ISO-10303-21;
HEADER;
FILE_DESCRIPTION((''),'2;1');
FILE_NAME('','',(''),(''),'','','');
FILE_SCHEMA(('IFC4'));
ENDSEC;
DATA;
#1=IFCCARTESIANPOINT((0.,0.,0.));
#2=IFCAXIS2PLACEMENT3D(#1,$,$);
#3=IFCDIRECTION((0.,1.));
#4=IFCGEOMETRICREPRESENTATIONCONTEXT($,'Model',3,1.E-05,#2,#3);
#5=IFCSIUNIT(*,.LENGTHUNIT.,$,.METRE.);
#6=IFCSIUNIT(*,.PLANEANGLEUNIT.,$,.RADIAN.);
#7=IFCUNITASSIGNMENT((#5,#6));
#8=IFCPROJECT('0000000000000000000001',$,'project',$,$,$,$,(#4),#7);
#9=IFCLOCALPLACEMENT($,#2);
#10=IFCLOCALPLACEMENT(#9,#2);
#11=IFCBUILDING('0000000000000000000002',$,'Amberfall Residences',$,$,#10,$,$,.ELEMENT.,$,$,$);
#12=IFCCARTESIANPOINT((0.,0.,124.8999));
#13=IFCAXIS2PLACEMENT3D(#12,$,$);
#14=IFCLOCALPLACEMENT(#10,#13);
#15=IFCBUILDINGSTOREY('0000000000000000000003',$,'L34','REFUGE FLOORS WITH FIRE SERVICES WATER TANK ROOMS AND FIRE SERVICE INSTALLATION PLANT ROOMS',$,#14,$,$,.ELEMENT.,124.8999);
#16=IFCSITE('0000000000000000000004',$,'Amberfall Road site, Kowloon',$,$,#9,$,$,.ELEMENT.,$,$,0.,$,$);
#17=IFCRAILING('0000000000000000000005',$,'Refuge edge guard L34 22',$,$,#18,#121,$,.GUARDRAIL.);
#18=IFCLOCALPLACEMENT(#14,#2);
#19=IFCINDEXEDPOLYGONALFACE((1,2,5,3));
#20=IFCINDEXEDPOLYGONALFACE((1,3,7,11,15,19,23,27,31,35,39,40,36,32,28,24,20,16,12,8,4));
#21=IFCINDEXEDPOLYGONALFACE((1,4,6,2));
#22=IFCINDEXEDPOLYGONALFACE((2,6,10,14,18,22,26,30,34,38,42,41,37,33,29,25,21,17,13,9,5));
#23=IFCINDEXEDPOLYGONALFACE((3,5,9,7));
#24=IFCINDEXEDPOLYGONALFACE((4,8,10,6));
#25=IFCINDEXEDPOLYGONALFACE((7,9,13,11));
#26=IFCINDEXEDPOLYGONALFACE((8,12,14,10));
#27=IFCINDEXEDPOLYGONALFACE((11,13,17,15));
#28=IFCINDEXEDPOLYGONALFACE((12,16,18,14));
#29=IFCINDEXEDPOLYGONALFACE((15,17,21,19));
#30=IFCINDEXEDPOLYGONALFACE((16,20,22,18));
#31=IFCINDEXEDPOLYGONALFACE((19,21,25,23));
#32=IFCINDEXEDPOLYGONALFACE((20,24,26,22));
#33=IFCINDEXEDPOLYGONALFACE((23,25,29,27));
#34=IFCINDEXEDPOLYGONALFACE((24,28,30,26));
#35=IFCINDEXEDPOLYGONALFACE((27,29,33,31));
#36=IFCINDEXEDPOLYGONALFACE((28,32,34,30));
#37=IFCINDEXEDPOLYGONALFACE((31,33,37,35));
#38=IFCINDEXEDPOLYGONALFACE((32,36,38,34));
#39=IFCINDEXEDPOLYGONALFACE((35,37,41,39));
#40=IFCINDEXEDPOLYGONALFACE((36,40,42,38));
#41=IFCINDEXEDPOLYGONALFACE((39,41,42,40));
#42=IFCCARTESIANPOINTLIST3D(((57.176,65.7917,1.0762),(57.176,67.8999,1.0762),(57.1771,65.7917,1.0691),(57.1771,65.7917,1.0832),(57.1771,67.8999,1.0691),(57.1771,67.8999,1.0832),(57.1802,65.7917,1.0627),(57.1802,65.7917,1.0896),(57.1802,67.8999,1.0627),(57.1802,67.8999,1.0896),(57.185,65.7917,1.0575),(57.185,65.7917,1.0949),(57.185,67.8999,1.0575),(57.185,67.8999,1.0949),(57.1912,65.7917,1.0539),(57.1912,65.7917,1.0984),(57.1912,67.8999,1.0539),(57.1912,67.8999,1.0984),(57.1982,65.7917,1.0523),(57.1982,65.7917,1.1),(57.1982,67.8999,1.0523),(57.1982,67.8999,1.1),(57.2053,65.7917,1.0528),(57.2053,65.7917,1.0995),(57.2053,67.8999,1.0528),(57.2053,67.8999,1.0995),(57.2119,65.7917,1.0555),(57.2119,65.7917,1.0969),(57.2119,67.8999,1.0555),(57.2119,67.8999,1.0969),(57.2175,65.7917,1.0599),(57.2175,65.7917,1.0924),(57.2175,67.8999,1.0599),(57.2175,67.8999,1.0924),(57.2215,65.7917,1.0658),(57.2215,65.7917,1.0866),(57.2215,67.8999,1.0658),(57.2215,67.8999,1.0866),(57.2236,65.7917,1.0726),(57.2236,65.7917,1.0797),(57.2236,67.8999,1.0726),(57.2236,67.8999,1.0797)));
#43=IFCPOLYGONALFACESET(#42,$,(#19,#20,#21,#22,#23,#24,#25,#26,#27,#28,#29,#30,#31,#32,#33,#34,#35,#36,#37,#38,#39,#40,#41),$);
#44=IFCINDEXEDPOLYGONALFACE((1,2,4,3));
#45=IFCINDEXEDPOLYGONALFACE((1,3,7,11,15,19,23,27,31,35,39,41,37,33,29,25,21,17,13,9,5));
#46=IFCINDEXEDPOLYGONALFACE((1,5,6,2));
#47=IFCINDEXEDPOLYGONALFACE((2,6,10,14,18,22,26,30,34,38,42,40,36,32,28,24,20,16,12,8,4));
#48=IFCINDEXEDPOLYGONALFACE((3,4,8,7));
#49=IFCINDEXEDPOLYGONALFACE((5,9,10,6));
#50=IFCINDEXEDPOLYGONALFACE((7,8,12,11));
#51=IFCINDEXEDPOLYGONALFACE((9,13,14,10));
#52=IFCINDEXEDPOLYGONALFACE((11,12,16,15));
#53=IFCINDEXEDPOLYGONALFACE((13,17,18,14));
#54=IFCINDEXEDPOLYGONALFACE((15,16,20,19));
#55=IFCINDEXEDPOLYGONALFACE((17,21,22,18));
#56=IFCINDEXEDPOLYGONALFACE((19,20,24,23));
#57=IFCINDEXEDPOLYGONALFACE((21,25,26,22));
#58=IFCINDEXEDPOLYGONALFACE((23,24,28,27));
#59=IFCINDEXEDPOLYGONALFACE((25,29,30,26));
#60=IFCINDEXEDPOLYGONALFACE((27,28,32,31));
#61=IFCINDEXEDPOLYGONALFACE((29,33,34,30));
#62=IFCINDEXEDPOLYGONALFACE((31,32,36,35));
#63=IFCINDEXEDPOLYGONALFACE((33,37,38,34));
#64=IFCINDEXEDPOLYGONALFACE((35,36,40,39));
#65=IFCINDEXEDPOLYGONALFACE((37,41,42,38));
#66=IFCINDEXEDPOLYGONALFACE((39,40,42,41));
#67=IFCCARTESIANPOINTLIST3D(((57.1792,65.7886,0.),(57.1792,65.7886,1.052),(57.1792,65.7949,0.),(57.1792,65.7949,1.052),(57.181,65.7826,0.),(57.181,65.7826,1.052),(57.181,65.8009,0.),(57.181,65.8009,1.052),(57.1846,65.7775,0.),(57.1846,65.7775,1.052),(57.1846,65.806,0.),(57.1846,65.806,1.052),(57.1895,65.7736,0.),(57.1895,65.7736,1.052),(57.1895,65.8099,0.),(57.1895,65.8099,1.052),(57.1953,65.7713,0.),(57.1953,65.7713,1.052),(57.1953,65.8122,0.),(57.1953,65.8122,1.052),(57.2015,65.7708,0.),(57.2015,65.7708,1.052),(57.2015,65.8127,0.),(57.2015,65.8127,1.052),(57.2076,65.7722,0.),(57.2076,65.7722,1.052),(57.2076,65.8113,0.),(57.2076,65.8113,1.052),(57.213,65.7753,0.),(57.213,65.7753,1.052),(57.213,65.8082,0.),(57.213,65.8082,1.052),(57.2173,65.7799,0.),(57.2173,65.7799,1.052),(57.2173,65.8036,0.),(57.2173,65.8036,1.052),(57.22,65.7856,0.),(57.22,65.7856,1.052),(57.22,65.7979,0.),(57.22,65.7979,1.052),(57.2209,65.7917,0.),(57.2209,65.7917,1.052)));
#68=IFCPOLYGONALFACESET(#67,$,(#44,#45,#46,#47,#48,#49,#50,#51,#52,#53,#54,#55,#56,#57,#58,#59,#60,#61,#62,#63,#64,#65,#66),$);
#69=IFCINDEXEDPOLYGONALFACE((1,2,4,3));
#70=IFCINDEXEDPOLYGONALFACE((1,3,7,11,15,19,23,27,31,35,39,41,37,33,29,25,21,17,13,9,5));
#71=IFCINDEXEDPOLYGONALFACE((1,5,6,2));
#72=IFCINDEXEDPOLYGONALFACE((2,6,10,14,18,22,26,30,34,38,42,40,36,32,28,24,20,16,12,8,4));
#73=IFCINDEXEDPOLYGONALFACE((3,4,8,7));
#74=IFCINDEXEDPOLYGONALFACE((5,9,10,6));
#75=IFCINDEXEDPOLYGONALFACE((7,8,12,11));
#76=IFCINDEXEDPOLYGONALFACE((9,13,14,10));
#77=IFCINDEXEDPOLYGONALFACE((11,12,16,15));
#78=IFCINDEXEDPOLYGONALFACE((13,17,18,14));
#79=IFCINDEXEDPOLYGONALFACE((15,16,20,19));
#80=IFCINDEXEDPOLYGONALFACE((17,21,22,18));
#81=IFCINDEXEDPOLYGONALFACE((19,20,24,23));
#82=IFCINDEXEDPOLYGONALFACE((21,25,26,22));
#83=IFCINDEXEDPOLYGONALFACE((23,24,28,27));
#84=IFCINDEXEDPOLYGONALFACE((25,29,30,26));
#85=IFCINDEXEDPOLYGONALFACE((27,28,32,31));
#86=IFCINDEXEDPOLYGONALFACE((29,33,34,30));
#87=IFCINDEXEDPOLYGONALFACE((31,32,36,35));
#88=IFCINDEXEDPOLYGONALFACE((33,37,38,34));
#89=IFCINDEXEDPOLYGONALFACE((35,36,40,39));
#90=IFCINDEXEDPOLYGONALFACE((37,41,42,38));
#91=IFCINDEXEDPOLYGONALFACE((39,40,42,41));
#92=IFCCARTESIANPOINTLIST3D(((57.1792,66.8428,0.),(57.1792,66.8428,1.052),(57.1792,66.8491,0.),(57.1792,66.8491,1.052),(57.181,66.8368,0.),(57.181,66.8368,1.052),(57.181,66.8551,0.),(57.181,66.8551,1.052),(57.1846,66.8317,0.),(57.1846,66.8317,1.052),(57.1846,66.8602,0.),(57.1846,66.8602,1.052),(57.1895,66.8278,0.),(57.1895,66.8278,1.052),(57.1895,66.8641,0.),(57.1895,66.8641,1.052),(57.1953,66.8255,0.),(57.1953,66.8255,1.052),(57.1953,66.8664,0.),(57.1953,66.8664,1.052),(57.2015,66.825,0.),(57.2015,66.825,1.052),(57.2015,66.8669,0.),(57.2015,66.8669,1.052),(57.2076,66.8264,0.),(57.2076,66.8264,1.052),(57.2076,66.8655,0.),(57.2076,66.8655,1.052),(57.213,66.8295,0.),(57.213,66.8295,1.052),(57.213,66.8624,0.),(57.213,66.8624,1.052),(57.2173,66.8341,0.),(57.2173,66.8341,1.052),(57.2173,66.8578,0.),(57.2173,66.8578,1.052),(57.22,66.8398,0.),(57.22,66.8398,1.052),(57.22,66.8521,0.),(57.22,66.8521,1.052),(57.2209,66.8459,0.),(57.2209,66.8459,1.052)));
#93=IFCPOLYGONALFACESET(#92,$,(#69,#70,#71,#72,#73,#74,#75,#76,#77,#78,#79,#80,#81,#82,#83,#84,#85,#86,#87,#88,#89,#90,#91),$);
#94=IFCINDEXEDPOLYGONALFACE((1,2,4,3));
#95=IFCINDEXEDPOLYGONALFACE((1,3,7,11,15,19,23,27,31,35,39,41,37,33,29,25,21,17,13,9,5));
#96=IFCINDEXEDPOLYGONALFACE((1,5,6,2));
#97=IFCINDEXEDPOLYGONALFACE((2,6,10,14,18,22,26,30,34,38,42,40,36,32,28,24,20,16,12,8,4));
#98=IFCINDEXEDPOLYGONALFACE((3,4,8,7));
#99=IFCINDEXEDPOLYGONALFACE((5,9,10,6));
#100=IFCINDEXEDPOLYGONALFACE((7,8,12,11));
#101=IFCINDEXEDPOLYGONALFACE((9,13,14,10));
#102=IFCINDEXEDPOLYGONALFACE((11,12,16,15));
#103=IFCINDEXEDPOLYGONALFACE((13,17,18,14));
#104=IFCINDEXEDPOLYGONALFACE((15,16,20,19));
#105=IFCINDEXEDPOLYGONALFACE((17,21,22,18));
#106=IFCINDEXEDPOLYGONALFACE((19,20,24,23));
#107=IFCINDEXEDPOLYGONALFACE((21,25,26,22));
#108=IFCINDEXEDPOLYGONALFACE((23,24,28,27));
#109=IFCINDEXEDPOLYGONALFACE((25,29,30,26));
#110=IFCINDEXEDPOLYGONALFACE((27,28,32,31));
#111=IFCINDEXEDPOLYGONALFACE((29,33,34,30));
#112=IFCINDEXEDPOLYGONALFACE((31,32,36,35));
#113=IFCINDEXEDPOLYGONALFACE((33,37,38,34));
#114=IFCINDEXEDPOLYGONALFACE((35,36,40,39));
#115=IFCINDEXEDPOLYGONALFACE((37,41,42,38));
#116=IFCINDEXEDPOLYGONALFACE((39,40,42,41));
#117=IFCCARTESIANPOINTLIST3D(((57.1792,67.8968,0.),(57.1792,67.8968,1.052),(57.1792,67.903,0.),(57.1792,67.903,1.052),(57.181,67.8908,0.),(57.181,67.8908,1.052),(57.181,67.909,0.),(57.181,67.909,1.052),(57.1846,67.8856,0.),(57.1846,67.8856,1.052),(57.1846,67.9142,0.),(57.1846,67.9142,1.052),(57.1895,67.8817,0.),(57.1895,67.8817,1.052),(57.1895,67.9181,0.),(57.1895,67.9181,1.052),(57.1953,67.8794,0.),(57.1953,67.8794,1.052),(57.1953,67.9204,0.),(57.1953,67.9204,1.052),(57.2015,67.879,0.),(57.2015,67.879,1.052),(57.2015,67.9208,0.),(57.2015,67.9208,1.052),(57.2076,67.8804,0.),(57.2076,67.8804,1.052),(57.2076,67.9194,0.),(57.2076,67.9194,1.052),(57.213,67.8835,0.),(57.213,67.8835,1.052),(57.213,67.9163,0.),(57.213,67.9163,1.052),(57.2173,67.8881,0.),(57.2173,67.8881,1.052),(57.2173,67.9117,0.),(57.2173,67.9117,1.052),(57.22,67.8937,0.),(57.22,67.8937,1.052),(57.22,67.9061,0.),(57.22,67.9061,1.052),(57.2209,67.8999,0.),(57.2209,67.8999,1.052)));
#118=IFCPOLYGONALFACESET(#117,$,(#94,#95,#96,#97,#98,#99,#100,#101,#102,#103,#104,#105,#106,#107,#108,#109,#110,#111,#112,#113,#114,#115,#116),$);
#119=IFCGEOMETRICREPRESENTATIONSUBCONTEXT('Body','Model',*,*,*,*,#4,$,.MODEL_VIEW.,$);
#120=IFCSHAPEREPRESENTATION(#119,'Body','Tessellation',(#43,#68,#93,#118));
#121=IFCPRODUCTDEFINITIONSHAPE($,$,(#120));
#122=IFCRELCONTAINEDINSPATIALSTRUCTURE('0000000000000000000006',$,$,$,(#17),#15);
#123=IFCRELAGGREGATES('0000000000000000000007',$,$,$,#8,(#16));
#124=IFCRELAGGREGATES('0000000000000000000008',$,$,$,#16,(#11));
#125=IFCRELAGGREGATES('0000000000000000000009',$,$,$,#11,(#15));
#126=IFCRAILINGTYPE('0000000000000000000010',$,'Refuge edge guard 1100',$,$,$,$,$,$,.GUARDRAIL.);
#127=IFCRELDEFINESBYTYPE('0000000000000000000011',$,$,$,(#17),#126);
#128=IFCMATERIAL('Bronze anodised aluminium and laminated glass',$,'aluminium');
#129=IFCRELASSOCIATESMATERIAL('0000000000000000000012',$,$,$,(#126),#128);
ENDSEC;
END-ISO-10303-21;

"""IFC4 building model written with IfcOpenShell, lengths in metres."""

from ifc_helpers import new_model, si_unit, direction, frame, origin, origin_2d, place, context, subcontext, project, spatial, circle, extrude, material, type_object, element, save


model = new_model("IFC4")

# Units and contexts
model_context = context("Model", 3, precision=1e-05, world=origin(), true_north=direction((0.0, 1.0)))
body_context = subcontext(model_context, "Body", "Model", "MODEL_VIEW")
ifc_project = project(units=[si_unit("LENGTHUNIT", "METRE"), si_unit("PLANEANGLEUNIT", "RADIAN")], contexts=[model_context])

# Site, building, storey
site_placement = place(None, origin())
site = spatial("IfcSite", under=ifc_project, at=site_placement, Name="Amberfall Road site, Kowloon", CompositionType="ELEMENT", RefElevation=0.0)
building_placement = place(site_placement, origin())
building = spatial("IfcBuilding", under=site, at=building_placement, Name="Amberfall Residences", CompositionType="ELEMENT")
storey_placement = place(building_placement, frame((0.0, 0.0, 124.8999)))
storey = spatial("IfcBuildingStorey", under=building, at=storey_placement, Name="L34", Description="REFUGE FLOORS WITH FIRE SERVICES WATER TANK ROOMS AND FIRE SERVICE INSTALLATION PLANT ROOMS", CompositionType="ELEMENT", Elevation=124.8999)

# Railing
ifc_material_1 = material(Name="Bronze anodised aluminium and laminated glass", Category="aluminium")
railing_type = type_object("IfcRailingType", Name="Refuge edge guard 1100", PredefinedType="GUARDRAIL", material=ifc_material_1)
railing_1_placement = place(storey_placement, frame((57.2, 65.7917, 0.0)))
element("IfcRailing", 1, at=railing_1_placement, inside=storey, type_object=railing_type, Name="Refuge edge guard L34 22", PredefinedType="GUARDRAIL", context=body_context, shape_type="SweptSolid", body=[
    extrude(circle(Radius=0.0239, at=origin_2d()), frame((0.0, 0.0, 1.0762), z_axis=(0.0, 1.0, 0.0), x_axis=(-1.0, 0.0, 0.0)), (0.0, 0.0, 1.0), 2.1082),
    extrude(circle(Radius=0.021, at=origin_2d()), origin(), (0.0, 0.0, 1.0), 1.052),
    extrude(circle(Radius=0.021, at=origin_2d()), frame((0.0, 1.0542, 0.0)), (0.0, 0.0, 1.0), 1.052),
    extrude(circle(Radius=0.021, at=origin_2d()), frame((0.0, 2.1082, 0.0)), (0.0, 0.0, 1.0), 1.052),
])

save(model, "model.ifc")
